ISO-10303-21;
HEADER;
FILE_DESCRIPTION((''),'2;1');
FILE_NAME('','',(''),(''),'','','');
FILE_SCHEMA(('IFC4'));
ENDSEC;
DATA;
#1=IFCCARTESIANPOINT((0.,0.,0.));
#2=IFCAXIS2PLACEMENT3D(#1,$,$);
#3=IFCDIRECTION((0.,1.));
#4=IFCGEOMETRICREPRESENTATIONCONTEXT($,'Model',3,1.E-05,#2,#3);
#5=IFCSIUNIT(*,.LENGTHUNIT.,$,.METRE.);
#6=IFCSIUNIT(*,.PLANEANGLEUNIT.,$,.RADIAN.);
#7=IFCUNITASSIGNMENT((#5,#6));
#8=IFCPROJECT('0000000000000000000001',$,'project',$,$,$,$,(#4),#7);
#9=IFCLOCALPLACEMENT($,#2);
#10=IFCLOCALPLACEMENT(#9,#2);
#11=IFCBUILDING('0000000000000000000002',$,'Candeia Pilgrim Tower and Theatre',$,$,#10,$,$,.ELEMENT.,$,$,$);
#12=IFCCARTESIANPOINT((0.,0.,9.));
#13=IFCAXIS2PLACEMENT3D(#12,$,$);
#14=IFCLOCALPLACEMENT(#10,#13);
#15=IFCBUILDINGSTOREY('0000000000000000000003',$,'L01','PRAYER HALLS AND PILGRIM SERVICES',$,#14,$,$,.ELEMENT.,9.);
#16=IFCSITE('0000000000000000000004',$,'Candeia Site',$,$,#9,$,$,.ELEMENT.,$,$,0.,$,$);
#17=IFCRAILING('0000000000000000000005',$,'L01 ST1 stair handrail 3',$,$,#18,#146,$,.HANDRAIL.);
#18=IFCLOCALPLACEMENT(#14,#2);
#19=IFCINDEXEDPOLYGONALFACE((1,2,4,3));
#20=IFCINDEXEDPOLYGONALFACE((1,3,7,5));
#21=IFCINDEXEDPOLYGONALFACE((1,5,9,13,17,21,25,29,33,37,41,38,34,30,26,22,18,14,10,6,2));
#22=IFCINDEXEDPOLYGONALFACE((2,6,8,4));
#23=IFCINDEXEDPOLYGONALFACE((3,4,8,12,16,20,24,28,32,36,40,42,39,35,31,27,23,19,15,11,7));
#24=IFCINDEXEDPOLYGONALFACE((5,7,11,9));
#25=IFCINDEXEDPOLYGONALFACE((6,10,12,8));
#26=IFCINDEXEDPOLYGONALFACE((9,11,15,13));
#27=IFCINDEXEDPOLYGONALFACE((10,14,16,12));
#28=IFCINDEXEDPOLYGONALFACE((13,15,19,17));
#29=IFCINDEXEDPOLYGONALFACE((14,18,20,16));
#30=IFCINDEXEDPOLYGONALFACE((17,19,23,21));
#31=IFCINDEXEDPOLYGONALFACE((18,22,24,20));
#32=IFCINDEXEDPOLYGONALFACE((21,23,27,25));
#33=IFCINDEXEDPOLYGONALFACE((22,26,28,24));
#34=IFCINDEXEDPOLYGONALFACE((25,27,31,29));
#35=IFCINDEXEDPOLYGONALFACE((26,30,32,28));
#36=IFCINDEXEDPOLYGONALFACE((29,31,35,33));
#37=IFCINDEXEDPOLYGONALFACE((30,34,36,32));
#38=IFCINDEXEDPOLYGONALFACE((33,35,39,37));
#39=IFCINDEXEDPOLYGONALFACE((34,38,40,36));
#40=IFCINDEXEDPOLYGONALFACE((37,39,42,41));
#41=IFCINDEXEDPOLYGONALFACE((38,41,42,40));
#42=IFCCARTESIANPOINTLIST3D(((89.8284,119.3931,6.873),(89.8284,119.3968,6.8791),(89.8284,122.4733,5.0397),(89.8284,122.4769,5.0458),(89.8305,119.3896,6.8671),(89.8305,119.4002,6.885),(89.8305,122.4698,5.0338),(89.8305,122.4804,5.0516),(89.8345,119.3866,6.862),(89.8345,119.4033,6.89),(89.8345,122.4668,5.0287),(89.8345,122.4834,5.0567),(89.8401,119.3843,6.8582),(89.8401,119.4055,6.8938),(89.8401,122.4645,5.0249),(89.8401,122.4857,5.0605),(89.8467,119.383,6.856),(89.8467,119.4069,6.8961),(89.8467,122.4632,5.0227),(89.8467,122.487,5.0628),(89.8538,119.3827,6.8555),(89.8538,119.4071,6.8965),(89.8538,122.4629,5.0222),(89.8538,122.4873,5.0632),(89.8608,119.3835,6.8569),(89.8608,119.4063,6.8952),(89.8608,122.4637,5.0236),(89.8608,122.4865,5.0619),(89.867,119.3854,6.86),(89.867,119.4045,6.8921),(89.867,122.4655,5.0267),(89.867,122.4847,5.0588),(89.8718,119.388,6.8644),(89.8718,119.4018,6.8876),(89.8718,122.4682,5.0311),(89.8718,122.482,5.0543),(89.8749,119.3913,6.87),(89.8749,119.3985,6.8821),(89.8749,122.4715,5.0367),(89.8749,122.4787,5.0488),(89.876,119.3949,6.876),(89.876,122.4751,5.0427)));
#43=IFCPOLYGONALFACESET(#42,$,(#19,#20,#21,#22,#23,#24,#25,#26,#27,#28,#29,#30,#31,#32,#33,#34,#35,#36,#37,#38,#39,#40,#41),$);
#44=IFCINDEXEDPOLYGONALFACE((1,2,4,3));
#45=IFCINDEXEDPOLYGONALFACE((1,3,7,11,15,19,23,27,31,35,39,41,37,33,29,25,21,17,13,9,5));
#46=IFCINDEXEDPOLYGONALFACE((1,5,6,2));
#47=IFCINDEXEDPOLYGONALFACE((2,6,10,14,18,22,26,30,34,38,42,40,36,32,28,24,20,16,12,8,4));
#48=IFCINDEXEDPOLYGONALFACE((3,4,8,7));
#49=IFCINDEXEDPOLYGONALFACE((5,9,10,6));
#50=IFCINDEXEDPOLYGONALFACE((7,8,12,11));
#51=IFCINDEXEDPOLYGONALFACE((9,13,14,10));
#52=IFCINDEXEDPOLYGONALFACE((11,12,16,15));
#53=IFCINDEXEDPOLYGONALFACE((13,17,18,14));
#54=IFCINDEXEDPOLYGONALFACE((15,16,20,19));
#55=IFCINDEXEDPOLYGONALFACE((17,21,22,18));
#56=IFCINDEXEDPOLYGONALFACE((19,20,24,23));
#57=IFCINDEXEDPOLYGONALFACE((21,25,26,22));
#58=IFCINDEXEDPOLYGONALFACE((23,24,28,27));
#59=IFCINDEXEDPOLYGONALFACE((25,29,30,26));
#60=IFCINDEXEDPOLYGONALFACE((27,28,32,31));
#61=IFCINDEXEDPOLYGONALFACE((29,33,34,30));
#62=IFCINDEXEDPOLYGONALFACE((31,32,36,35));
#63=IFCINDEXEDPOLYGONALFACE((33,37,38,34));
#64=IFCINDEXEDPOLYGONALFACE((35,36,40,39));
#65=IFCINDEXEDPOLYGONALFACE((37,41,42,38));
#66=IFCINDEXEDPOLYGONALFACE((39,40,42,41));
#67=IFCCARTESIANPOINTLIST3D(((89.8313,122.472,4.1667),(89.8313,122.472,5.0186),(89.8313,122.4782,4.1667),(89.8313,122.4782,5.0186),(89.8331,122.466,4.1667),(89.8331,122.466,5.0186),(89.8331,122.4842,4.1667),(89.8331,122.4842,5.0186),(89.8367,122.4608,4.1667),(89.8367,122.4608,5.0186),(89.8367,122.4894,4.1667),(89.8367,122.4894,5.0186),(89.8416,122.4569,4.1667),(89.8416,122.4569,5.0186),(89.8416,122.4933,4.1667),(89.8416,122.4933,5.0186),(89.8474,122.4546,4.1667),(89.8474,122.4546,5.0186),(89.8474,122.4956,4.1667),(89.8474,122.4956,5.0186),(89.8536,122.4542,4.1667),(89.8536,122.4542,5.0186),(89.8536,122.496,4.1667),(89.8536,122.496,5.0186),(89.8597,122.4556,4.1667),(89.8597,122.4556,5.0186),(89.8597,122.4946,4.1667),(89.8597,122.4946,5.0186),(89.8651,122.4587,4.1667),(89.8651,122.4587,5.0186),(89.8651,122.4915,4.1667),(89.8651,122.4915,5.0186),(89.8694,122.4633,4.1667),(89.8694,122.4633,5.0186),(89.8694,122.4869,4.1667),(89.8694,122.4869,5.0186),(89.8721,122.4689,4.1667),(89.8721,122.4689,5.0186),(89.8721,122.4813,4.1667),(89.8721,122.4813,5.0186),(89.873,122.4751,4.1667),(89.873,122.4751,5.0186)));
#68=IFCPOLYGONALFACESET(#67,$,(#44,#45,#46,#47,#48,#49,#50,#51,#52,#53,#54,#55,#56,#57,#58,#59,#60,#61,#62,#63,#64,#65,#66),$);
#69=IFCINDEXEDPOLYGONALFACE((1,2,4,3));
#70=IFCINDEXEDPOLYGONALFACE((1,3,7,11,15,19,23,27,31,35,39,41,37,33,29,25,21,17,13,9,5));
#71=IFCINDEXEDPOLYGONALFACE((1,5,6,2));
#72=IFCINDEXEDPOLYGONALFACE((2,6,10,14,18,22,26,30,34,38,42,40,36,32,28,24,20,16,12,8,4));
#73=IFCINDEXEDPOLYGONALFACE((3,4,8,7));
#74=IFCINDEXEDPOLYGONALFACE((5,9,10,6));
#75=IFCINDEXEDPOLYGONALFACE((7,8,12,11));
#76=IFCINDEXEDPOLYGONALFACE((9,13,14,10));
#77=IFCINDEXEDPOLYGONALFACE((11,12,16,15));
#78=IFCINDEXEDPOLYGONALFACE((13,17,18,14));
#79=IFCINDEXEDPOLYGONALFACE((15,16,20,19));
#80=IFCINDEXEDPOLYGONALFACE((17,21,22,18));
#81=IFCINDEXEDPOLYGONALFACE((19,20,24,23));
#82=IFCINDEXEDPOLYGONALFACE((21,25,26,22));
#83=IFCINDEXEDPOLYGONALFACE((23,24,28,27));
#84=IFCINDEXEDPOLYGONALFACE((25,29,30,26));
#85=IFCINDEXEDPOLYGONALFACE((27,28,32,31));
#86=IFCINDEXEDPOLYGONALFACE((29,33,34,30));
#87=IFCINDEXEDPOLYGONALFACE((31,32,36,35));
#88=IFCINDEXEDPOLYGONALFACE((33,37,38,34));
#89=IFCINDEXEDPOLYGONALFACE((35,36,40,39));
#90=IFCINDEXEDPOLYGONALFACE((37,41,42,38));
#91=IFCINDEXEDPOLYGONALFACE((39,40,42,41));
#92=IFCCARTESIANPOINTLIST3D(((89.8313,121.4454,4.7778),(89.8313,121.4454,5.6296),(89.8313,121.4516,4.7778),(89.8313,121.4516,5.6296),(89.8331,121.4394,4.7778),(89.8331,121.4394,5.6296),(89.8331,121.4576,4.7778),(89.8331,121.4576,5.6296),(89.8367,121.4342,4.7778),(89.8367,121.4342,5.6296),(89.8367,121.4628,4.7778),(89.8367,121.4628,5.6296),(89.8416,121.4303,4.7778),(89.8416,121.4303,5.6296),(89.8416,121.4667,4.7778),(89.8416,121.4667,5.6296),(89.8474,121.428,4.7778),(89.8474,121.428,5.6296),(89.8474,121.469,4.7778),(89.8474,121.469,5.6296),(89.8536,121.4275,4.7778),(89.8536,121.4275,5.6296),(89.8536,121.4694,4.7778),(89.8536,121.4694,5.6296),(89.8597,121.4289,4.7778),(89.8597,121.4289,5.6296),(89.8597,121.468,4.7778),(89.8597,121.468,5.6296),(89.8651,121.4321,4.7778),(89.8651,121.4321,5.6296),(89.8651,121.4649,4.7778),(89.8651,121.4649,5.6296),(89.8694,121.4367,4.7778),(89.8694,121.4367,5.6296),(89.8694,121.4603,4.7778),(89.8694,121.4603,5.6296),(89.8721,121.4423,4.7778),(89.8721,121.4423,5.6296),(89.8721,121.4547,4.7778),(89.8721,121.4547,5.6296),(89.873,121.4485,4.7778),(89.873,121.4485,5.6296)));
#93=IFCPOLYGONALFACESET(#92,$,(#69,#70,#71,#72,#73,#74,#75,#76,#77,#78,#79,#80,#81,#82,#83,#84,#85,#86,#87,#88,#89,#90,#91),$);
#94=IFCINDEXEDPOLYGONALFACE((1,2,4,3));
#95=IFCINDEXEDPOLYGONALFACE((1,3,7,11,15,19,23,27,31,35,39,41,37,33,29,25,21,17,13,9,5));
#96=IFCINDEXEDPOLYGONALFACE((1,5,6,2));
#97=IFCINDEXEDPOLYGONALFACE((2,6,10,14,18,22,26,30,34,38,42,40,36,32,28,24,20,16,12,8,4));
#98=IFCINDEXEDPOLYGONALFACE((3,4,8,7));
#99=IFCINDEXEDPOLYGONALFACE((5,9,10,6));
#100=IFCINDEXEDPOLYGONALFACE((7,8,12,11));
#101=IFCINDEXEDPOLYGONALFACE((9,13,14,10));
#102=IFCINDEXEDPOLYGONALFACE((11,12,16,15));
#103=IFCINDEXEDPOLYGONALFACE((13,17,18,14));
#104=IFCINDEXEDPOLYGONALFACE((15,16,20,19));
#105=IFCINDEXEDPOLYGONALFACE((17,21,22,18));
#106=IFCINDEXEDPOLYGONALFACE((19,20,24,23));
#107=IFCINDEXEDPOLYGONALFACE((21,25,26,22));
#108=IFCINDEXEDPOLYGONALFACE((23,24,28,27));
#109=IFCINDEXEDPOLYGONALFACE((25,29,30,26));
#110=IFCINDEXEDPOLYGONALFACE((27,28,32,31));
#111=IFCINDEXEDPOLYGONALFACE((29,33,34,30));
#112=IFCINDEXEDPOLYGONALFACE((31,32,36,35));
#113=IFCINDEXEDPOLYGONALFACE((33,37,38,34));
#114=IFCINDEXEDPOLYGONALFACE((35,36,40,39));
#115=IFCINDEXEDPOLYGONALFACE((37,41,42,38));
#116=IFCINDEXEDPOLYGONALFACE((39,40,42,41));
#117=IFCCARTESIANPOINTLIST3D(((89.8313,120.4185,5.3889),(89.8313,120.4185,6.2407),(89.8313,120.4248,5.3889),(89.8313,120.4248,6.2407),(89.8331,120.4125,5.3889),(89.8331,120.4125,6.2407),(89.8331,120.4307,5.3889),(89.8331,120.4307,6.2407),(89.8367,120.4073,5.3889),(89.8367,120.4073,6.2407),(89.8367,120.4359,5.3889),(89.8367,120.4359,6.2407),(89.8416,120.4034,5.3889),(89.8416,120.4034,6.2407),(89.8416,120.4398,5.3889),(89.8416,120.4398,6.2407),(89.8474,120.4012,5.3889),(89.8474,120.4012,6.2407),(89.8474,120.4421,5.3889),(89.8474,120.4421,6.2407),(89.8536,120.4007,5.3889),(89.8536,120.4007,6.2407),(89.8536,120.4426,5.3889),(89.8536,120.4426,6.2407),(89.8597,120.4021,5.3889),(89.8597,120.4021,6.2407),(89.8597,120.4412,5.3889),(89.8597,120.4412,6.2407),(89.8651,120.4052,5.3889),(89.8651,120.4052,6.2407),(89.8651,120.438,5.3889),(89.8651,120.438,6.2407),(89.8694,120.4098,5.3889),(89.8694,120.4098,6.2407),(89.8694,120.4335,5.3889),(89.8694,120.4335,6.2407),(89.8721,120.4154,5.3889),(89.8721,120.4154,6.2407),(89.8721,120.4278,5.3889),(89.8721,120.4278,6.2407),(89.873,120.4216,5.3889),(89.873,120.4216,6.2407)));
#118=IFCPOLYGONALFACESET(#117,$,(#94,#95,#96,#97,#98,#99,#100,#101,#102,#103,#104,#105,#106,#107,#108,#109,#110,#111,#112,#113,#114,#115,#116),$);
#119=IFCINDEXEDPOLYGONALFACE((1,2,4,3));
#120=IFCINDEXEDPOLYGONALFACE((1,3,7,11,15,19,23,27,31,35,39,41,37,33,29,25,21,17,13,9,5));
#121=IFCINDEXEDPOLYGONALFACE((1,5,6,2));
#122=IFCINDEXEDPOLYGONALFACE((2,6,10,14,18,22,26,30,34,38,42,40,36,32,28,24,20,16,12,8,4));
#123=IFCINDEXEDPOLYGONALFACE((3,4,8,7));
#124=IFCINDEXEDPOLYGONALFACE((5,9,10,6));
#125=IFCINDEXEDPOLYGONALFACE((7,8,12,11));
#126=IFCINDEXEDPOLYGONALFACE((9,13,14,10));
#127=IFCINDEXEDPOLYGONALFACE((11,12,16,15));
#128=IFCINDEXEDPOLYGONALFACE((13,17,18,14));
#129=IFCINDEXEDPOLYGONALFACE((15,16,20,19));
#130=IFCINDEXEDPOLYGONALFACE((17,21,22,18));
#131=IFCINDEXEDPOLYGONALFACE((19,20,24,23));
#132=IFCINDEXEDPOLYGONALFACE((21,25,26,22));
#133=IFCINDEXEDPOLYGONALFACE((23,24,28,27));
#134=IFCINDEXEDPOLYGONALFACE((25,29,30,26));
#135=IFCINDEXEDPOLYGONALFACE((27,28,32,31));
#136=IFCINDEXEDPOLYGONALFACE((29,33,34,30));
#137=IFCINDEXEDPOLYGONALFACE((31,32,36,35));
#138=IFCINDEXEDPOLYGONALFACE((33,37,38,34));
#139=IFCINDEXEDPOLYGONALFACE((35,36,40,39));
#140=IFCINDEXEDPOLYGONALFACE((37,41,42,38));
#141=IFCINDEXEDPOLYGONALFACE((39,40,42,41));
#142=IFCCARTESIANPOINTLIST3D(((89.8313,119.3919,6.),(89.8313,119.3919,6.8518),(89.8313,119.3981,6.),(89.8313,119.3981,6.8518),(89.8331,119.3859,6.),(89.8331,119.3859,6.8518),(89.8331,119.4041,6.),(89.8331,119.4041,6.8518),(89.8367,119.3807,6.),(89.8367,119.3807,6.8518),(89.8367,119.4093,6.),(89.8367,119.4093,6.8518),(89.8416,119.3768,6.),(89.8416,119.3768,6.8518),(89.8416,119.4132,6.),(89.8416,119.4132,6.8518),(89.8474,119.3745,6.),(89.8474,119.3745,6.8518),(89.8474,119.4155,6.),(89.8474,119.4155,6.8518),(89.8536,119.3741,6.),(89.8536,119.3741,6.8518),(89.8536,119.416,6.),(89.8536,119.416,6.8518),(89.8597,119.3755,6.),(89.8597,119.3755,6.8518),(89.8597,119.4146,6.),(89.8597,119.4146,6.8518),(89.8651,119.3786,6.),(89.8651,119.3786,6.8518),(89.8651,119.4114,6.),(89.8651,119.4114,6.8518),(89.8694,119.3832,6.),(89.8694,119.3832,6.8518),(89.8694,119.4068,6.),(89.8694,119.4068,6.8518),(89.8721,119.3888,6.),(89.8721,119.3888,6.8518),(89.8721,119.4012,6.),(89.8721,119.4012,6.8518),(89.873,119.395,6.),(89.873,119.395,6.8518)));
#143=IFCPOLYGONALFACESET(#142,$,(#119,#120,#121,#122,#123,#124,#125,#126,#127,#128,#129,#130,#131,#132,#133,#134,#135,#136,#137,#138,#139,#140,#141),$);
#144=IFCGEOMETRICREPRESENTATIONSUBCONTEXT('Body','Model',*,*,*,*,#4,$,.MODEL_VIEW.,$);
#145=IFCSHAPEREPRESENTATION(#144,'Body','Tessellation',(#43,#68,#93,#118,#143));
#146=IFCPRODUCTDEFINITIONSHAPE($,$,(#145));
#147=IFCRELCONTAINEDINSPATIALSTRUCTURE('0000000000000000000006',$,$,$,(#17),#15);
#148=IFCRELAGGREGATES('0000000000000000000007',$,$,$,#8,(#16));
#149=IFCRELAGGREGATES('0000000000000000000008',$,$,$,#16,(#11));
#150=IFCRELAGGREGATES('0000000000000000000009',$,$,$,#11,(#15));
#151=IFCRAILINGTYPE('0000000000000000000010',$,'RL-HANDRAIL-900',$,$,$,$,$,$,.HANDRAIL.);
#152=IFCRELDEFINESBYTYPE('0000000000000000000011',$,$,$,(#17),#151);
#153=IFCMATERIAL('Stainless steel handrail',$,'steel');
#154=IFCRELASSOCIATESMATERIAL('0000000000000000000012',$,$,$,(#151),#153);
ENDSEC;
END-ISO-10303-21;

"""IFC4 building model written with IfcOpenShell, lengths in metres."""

from ifc_helpers import new_model, si_unit, direction, frame, origin, origin_2d, place, context, subcontext, project, spatial, circle, extrude, material, type_object, element, save


model = new_model("IFC4")

# Units and contexts
model_context = context("Model", 3, precision=1e-05, world=origin(), true_north=direction((0.0, 1.0)))
body_context = subcontext(model_context, "Body", "Model", "MODEL_VIEW")
ifc_project = project(units=[si_unit("LENGTHUNIT", "METRE"), si_unit("PLANEANGLEUNIT", "RADIAN")], contexts=[model_context])

# Site, building, storey
site_placement = place(None, origin())
site = spatial("IfcSite", under=ifc_project, at=site_placement, Name="Candeia Site", CompositionType="ELEMENT", RefElevation=0.0)
building_placement = place(site_placement, origin())
building = spatial("IfcBuilding", under=site, at=building_placement, Name="Candeia Pilgrim Tower and Theatre", CompositionType="ELEMENT")
storey_placement = place(building_placement, frame((0.0, 0.0, 9.0)))
storey = spatial("IfcBuildingStorey", under=building, at=storey_placement, Name="L01", Description="PRAYER HALLS AND PILGRIM SERVICES", CompositionType="ELEMENT", Elevation=9.0)

# Railing
ifc_material_1 = material(Name="Stainless steel handrail", Category="steel")
railing_type_1 = type_object("IfcRailingType", Name="RL-HANDRAIL-900", PredefinedType="HANDRAIL", material=ifc_material_1)
for number, where, name in (
    (1, (89.8521, 122.4751, 4.1667), "L01 ST1 stair handrail 3"),
):
    element("IfcRailing", number, at=place(storey_placement, frame(where)), inside=storey, type_object=railing_type_1, Name=name, PredefinedType="HANDRAIL", context=body_context, shape_type="SweptSolid", body=[
        extrude(circle(Radius=0.0239, at=origin_2d()), frame((0.0, 0.0, 0.876), z_axis=(0.0, -0.859309, 0.511458), x_axis=(1.0, 0.0, 0.0)), (0.0, 0.0, 1.0), 3.5845),
        extrude(circle(Radius=0.021, at=origin_2d()), origin(), (0.0, 0.0, 1.0), 0.8518),
        extrude(circle(Radius=0.021, at=origin_2d()), frame((0.0, -1.0266, 0.6111)), (0.0, 0.0, 1.0), 0.8518),
        extrude(circle(Radius=0.021, at=origin_2d()), frame((0.0, -2.0535, 1.2222)), (0.0, 0.0, 1.0), 0.8518),
        extrude(circle(Radius=0.021, at=origin_2d()), frame((0.0, -3.0801, 1.8333)), (0.0, 0.0, 1.0), 0.8518),
    ])

save(model, "model.ifc")
